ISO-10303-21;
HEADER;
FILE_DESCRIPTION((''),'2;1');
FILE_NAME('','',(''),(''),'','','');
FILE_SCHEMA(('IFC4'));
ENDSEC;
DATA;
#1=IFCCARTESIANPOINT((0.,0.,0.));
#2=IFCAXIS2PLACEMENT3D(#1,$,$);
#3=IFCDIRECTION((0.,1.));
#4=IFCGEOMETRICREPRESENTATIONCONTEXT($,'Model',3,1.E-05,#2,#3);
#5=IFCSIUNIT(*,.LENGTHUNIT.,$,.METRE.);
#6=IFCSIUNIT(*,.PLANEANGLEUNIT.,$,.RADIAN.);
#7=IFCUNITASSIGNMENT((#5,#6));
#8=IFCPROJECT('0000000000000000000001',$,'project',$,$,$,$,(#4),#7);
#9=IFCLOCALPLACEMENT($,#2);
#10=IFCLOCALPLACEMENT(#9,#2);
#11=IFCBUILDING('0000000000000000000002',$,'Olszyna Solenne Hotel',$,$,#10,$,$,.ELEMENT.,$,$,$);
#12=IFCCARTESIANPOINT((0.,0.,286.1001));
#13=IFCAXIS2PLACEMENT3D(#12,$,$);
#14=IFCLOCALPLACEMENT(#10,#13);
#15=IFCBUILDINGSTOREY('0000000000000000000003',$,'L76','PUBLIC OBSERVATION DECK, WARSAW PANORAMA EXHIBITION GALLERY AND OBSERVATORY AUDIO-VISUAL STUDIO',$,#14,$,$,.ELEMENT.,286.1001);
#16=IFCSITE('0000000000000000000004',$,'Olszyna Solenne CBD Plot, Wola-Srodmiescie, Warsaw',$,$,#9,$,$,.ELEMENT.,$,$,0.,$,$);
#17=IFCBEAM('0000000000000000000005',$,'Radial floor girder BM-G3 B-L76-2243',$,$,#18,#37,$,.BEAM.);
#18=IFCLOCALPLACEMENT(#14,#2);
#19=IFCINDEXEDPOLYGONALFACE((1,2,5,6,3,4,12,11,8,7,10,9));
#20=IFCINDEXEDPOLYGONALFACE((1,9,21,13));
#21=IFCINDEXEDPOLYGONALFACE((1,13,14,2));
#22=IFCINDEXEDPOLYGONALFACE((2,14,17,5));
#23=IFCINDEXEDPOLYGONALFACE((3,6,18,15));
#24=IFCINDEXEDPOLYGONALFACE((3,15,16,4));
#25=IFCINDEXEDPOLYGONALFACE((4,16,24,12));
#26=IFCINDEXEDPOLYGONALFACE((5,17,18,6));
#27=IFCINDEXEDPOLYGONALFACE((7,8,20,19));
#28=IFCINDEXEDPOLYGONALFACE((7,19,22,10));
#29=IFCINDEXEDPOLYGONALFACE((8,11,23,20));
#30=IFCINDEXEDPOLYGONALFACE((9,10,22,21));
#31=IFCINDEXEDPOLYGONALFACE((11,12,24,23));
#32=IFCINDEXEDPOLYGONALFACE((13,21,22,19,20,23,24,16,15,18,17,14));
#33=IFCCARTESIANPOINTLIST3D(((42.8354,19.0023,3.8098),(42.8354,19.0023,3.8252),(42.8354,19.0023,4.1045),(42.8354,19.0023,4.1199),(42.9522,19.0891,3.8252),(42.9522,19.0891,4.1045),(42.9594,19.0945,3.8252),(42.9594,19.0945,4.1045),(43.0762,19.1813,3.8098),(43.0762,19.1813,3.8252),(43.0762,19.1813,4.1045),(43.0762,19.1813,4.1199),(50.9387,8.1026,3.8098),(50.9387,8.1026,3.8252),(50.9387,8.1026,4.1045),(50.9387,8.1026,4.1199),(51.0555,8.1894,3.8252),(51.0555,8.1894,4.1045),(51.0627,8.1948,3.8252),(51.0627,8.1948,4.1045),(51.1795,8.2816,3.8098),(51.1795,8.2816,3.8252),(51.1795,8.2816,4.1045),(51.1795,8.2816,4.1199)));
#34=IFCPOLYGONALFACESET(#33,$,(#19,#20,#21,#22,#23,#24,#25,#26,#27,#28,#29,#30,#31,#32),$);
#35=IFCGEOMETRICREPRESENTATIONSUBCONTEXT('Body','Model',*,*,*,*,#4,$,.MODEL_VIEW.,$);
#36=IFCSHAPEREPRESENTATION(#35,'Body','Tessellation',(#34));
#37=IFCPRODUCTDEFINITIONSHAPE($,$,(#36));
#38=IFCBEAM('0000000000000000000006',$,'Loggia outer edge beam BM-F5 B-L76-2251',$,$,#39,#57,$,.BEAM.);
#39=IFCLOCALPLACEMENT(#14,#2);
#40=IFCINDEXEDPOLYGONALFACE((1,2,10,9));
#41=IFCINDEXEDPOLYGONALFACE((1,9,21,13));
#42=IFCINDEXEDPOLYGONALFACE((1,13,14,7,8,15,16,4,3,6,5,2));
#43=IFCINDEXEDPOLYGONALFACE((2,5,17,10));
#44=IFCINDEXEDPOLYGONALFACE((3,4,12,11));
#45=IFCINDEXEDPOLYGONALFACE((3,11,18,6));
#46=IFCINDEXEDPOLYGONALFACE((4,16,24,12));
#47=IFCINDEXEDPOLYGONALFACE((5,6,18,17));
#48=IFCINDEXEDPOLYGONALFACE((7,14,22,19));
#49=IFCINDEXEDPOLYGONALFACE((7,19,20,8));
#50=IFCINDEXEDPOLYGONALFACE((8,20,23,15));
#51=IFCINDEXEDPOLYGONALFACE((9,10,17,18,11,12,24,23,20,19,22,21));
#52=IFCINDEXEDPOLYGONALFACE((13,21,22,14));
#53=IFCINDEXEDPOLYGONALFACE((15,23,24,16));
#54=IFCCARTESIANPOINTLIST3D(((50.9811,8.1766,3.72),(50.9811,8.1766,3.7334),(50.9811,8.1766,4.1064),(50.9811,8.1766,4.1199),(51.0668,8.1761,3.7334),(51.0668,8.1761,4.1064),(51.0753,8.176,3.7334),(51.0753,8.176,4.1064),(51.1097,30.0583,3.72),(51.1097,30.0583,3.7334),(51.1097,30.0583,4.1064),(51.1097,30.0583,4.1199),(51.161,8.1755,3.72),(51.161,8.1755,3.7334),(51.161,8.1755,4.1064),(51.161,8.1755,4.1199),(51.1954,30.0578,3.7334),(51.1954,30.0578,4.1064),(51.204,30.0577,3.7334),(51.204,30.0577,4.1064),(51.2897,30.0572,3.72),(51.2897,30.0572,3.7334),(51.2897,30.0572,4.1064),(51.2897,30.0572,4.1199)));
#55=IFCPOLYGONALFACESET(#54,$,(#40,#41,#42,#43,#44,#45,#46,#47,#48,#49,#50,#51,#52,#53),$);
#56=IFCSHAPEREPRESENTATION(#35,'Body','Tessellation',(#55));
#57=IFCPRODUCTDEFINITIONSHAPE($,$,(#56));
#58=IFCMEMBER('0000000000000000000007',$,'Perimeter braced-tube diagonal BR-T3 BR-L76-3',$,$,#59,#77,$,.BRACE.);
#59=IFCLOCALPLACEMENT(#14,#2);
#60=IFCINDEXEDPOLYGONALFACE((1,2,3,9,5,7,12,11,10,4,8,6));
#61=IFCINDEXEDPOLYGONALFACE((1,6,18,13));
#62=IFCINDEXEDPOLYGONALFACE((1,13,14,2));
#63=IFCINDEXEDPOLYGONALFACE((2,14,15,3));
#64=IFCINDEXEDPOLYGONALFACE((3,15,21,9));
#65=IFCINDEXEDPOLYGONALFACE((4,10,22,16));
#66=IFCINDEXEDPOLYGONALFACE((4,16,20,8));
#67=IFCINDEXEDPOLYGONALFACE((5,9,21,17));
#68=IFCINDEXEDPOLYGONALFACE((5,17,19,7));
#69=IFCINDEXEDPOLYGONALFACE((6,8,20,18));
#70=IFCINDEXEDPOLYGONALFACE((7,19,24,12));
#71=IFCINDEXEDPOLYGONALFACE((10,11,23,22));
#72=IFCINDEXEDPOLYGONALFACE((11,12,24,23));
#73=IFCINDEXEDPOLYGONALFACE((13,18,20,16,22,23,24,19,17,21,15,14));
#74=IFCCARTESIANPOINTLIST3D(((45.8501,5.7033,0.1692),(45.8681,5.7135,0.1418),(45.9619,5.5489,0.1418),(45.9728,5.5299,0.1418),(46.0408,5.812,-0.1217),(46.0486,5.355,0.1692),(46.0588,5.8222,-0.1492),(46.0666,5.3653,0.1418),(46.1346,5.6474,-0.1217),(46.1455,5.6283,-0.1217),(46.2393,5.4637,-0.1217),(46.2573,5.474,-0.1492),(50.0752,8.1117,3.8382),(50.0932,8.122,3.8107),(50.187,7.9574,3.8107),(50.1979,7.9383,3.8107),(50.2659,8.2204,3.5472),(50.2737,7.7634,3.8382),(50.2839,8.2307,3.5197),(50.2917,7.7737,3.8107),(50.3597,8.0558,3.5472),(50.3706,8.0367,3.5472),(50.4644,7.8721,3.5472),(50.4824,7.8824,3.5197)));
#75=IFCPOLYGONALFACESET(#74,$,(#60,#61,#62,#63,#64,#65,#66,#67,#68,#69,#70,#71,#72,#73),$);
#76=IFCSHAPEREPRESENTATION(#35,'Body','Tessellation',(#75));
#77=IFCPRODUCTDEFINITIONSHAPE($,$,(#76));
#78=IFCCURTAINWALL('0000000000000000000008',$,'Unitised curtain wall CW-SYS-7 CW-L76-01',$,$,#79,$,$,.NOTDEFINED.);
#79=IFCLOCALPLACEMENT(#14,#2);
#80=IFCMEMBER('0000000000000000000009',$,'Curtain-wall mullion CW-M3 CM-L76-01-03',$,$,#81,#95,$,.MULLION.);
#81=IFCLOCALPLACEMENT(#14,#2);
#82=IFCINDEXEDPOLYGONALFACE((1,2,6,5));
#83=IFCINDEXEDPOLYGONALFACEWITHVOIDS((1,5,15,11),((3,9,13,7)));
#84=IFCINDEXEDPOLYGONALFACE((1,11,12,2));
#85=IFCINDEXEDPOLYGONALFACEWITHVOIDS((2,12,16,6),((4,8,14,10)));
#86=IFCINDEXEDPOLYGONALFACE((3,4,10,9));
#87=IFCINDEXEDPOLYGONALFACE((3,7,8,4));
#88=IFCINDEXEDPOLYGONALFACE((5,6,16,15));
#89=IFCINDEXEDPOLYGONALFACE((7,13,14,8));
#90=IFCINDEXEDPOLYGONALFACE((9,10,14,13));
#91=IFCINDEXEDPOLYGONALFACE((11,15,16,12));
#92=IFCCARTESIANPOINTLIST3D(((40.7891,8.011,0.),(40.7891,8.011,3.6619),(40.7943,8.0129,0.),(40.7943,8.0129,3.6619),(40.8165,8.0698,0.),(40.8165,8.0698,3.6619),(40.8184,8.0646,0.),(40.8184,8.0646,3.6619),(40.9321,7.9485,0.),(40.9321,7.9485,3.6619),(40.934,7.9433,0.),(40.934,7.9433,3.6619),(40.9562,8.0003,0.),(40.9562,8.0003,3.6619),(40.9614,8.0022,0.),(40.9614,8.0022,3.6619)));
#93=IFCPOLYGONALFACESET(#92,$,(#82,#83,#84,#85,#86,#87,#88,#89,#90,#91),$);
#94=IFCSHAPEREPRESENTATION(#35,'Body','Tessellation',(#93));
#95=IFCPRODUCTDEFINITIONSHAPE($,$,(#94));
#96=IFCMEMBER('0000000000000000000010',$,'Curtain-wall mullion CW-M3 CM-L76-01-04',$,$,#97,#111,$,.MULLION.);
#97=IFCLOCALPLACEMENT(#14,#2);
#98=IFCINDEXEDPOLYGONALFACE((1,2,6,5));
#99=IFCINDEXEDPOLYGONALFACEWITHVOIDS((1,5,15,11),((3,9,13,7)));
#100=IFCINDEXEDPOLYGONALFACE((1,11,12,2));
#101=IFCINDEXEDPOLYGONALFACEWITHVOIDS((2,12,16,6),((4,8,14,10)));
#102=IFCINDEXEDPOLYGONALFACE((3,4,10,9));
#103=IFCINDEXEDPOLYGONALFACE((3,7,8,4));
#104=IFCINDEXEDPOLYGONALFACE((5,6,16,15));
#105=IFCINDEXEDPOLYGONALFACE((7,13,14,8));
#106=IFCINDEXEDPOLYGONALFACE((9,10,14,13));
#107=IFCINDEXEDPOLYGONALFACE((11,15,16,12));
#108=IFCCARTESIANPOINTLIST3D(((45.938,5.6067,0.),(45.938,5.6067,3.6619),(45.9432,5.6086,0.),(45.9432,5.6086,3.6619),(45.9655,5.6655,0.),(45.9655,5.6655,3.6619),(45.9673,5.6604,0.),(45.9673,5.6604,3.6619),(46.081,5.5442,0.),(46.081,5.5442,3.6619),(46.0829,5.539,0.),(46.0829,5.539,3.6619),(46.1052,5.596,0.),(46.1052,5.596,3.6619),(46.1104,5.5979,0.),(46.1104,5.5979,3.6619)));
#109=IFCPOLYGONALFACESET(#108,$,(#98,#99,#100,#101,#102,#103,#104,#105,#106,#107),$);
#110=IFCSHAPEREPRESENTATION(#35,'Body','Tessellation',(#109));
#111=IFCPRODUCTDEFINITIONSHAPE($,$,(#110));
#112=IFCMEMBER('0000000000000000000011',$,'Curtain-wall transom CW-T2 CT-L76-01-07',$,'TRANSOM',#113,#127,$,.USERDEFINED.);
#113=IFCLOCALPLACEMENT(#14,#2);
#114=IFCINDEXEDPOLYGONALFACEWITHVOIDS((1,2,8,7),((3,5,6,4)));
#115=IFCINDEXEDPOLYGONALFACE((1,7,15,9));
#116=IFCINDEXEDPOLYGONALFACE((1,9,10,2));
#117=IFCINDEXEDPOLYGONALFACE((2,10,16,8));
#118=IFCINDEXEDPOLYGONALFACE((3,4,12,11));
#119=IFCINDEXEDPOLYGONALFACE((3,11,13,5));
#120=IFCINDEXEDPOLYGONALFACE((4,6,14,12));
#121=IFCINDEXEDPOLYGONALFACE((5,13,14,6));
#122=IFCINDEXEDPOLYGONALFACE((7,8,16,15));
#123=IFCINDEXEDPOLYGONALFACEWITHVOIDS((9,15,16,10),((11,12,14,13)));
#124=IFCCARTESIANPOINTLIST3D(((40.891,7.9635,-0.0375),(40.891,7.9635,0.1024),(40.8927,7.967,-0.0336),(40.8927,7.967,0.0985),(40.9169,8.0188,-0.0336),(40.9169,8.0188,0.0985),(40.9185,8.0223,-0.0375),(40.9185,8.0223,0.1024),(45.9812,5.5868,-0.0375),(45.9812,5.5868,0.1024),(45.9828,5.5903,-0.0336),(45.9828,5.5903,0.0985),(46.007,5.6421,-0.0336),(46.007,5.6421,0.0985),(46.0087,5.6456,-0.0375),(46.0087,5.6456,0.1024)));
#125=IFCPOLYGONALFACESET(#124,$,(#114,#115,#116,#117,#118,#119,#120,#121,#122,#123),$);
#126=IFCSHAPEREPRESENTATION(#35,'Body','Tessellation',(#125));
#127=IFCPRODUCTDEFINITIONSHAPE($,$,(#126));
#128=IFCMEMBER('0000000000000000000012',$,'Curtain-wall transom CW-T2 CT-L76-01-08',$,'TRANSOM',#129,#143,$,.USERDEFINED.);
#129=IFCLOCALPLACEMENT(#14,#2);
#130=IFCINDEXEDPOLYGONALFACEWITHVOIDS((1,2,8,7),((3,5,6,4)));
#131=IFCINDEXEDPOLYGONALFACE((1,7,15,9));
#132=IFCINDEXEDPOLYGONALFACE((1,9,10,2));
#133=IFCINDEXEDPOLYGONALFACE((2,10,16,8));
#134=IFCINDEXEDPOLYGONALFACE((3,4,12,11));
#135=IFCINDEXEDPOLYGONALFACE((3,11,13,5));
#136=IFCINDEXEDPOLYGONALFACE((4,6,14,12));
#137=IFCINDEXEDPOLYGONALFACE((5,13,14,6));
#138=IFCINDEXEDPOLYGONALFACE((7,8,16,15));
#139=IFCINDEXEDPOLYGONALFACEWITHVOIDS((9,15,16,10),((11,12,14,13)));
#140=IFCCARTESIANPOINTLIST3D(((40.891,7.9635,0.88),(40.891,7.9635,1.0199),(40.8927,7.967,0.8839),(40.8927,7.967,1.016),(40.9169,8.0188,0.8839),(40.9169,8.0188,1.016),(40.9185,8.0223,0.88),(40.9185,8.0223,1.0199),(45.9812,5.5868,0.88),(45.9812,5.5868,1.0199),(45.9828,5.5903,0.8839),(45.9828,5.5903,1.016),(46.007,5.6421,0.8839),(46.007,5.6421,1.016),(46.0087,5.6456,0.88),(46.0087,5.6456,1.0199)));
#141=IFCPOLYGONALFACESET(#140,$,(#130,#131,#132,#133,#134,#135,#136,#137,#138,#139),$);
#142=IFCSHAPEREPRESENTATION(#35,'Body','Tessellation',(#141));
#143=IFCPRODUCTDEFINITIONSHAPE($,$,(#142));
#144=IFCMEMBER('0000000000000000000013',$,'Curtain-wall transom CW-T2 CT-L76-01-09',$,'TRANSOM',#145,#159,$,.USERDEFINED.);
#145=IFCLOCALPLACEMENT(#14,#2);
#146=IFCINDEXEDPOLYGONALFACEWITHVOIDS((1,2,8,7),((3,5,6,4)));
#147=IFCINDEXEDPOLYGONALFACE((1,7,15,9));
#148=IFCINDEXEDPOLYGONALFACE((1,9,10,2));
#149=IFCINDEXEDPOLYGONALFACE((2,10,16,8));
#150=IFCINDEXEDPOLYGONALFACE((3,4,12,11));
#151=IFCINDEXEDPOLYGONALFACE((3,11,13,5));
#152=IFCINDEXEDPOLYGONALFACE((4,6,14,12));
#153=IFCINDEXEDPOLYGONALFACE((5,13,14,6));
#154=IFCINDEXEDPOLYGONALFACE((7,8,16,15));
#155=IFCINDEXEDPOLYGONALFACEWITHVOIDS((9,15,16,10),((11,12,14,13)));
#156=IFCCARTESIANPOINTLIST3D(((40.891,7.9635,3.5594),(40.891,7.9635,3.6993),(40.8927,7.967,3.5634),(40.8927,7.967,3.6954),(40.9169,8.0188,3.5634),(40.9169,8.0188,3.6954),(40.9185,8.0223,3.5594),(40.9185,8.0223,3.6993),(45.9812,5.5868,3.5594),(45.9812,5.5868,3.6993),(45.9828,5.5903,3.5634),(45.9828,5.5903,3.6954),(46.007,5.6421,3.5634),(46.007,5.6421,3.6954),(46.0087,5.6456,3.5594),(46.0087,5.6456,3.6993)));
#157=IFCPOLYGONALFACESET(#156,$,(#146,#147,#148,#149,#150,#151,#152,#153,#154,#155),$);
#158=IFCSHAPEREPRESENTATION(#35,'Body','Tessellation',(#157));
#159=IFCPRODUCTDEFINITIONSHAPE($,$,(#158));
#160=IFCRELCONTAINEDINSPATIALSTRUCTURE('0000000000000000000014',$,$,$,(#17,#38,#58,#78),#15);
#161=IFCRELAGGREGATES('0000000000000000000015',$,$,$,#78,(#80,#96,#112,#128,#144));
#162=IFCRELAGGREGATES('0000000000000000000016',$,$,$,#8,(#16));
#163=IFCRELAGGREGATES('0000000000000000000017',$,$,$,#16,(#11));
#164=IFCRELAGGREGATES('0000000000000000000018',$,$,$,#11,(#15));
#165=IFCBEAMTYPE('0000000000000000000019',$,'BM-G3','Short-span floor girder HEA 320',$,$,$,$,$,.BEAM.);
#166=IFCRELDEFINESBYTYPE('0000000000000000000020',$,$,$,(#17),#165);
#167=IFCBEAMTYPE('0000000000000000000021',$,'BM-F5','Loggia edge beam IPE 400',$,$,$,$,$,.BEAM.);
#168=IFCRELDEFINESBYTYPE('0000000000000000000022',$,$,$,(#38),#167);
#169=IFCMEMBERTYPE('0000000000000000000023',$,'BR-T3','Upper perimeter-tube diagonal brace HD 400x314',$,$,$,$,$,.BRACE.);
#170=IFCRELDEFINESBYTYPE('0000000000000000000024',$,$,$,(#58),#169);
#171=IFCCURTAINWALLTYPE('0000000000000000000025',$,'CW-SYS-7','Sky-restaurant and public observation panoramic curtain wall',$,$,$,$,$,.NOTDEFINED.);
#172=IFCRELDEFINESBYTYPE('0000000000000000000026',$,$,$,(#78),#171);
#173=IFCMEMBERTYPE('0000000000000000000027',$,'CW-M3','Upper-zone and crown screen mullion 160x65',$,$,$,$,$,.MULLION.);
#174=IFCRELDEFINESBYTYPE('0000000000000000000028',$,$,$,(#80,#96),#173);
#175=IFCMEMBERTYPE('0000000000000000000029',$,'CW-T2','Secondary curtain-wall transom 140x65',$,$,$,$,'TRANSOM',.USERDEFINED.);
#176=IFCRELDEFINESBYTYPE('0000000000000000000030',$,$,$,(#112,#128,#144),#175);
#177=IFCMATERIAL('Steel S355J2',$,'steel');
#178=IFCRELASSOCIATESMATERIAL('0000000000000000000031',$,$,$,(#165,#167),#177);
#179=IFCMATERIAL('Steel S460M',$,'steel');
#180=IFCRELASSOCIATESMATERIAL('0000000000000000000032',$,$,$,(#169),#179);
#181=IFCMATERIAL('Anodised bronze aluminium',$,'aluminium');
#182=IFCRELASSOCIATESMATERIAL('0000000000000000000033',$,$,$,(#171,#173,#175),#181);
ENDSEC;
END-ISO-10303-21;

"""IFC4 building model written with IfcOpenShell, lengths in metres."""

from ifc_helpers import new_model, si_unit, direction, frame, origin, origin_2d, place, context, subcontext, project, spatial, hollow_rectangle, i_section, extrude, source, transform, mapped, material, material_profile, profile_set, type_object, element, aggregate, save


model = new_model("IFC4")

# Units and contexts
model_context = context("Model", 3, precision=1e-05, world=origin(), true_north=direction((0.0, 1.0)))
body_context = subcontext(model_context, "Body", "Model", "MODEL_VIEW")
ifc_project = project(units=[si_unit("LENGTHUNIT", "METRE"), si_unit("PLANEANGLEUNIT", "RADIAN")], contexts=[model_context])

# Site, building, storey
site_placement = place(None, origin())
site = spatial("IfcSite", under=ifc_project, at=site_placement, Name="Olszyna Solenne CBD Plot, Wola-Srodmiescie, Warsaw", CompositionType="ELEMENT", RefElevation=0.0)
building_placement = place(site_placement, origin())
building = spatial("IfcBuilding", under=site, at=building_placement, Name="Olszyna Solenne Hotel", CompositionType="ELEMENT")
storey_placement = place(building_placement, frame((0.0, 0.0, 286.1001)))
storey = spatial("IfcBuildingStorey", under=building, at=storey_placement, Name="L76", Description="PUBLIC OBSERVATION DECK, WARSAW PANORAMA EXHIBITION GALLERY AND OBSERVATORY AUDIO-VISUAL STUDIO", CompositionType="ELEMENT", Elevation=286.1001)

# Shared definitions
ifc_material_1 = material(Name="Steel S355J2", Category="steel")
ifc_material_2 = material(Name="Steel S460M", Category="steel")

# Beams
ifc_material_profile_1 = material_profile(ifc_material_1, i_section(OverallWidth=0.3, OverallDepth=0.3101, WebThickness=0.009, FlangeThickness=0.0154, at=origin_2d()), Name="HEA 320", Category="load-bearing")
ifc_profile_set_1 = profile_set([ifc_material_profile_1], Name="Steel S355J2")
beam_type_1 = type_object("IfcBeamType", Name="BM-G3", Description="Short-span floor girder HEA 320", PredefinedType="BEAM", material=ifc_profile_set_1)
shared_shape_1 = source(origin(), body_context, "Body", "SweptSolid", [
    extrude(i_section(OverallWidth=0.3, OverallDepth=0.3101, WebThickness=0.009, FlangeThickness=0.0154, at=origin_2d()), origin(), (0.0, 0.0, 1.0), 13.5818),
])
beam_1_placement = place(storey_placement, frame((51.0591, 8.1921, 3.9648), z_axis=(-0.596627, 0.802519, 0.0), x_axis=(-0.802519, -0.596627, 0.0)))
element("IfcBeam", 1, at=beam_1_placement, inside=storey, type_object=beam_type_1, Name="Radial floor girder BM-G3 B-L76-2243", PredefinedType="BEAM", context=body_context, shape_type="MappedRepresentation", body=[
    mapped(shared_shape_1, transform((0.0, 0.0, 0.0), x_axis=(1.0, 0.0, 0.0), y_axis=(0.0, 1.0, 0.0), z_axis=(0.0, 0.0, 1.0), scale=1.0)),
])
ifc_material_profile_2 = material_profile(ifc_material_1, i_section(OverallWidth=0.1799, OverallDepth=0.3999, WebThickness=0.0085, FlangeThickness=0.0134, at=origin_2d()), Name="IPE 400", Category="load-bearing")
ifc_profile_set_2 = profile_set([ifc_material_profile_2], Name="Steel S355J2")
beam_type_2 = type_object("IfcBeamType", Name="BM-F5", Description="Loggia edge beam IPE 400", PredefinedType="BEAM", material=ifc_profile_set_2)
shared_shape_2 = source(origin(), body_context, "Body", "SweptSolid", [
    extrude(i_section(OverallWidth=0.1799, OverallDepth=0.3999, WebThickness=0.0085, FlangeThickness=0.0134, at=origin_2d()), origin(), (0.0, 0.0, 1.0), 21.8821),
])
beam_2_placement = place(storey_placement, frame((51.071, 8.176, 3.9199), z_axis=(0.00588, 0.999983, 0.0), x_axis=(-0.999983, 0.00588, 0.0)))
element("IfcBeam", 2, at=beam_2_placement, inside=storey, type_object=beam_type_2, Name="Loggia outer edge beam BM-F5 B-L76-2251", PredefinedType="BEAM", context=body_context, shape_type="MappedRepresentation", body=[
    mapped(shared_shape_2, transform((0.0, 0.0, 0.0), x_axis=(1.0, 0.0, 0.0), y_axis=(0.0, 1.0, 0.0), z_axis=(0.0, 0.0, 1.0), scale=1.0)),
])

# Member
ifc_material_profile_3 = material_profile(ifc_material_2, i_section(OverallWidth=0.4009, OverallDepth=0.3989, WebThickness=0.022, FlangeThickness=0.0344, at=origin_2d()), Name="HD 400x314", Category="load-bearing")
ifc_profile_set_3 = profile_set([ifc_material_profile_3], Name="Steel S460M")
member_type_1 = type_object("IfcMemberType", Name="BR-T3", Description="Upper perimeter-tube diagonal brace HD 400x314", PredefinedType="BRACE", material=ifc_profile_set_3)
shared_shape_3 = source(origin(), body_context, "Body", "SweptSolid", [
    extrude(i_section(OverallWidth=0.4009, OverallDepth=0.3989, WebThickness=0.022, FlangeThickness=0.0344, at=origin_2d()), origin(), (0.0, 0.0, 1.0), 6.092),
])
member_1_placement = place(storey_placement, frame((46.0537, 5.5886, 0.01), z_axis=(0.693541, 0.395342, 0.60225), x_axis=(-0.495225, 0.868765, 0.0)))
element("IfcMember", 3, at=member_1_placement, inside=storey, type_object=member_type_1, Name="Perimeter braced-tube diagonal BR-T3 BR-L76-3", PredefinedType="BRACE", context=body_context, shape_type="MappedRepresentation", body=[
    mapped(shared_shape_3, transform((0.0, 0.0, 0.0), x_axis=(1.0, 0.0, 0.0), y_axis=(0.0, 1.0, 0.0), z_axis=(0.0, 0.0, 1.0), scale=1.0)),
])

# Curtain wall, members
ifc_material_3 = material(Name="Anodised bronze aluminium", Category="aluminium")
curtain_wall_type = type_object("IfcCurtainWallType", Name="CW-SYS-7", Description="Sky-restaurant and public observation panoramic curtain wall", PredefinedType="NOTDEFINED", material=ifc_material_3)
curtain_wall_placement = place(storey_placement, origin())
curtain_wall = element("IfcCurtainWall", 4, at=curtain_wall_placement, inside=storey, type_object=curtain_wall_type, Name="Unitised curtain wall CW-SYS-7 CW-L76-01", PredefinedType="NOTDEFINED")
ifc_material_profile_4 = material_profile(ifc_material_3, hollow_rectangle(XDim=0.0649, YDim=0.1599, WallThickness=0.0039, at=origin_2d()), Name="MULL 160x65x4", Category="load-bearing")
ifc_profile_set_4 = profile_set([ifc_material_profile_4], Name="Anodised bronze aluminium")
member_type_2 = type_object("IfcMemberType", Name="CW-M3", Description="Upper-zone and crown screen mullion 160x65", PredefinedType="MULLION", material=ifc_profile_set_4)
shared_shape_4 = source(origin(), body_context, "Body", "SweptSolid", [
    extrude(hollow_rectangle(XDim=0.0649, YDim=0.1599, WallThickness=0.0039, at=origin_2d()), origin(), (0.0, 0.0, 1.0), 3.6619),
])
member_2_placement = place(storey_placement, frame((40.8752, 8.0066, 0.0), z_axis=(0.0, 0.0, 1.0), x_axis=(0.423084, 0.90609, 0.0)))
member_2 = element("IfcMember", 5, at=member_2_placement, type_object=member_type_2, Name="Curtain-wall mullion CW-M3 CM-L76-01-03", PredefinedType="MULLION", context=body_context, shape_type="MappedRepresentation", body=[
    mapped(shared_shape_4, transform((0.0, 0.0, 0.0), x_axis=(1.0, 0.0, 0.0), y_axis=(0.0, 1.0, 0.0), z_axis=(0.0, 0.0, 1.0), scale=1.0)),
])
member_3_placement = place(storey_placement, frame((46.0242, 5.6023, 0.0), z_axis=(0.0, 0.0, 1.0), x_axis=(0.423084, 0.90609, 0.0)))
member_3 = element("IfcMember", 6, at=member_3_placement, type_object=member_type_2, Name="Curtain-wall mullion CW-M3 CM-L76-01-04", PredefinedType="MULLION", context=body_context, shape_type="MappedRepresentation", body=[
    mapped(shared_shape_4, transform((0.0, 0.0, 0.0), x_axis=(1.0, 0.0, 0.0), y_axis=(0.0, 1.0, 0.0), z_axis=(0.0, 0.0, 1.0), scale=1.0)),
])
ifc_material_profile_5 = material_profile(ifc_material_3, hollow_rectangle(XDim=0.0649, YDim=0.1399, WallThickness=0.0039, at=origin_2d()), Name="TRAN 140x65x4", Category="load-bearing")
ifc_profile_set_5 = profile_set([ifc_material_profile_5], Name="Anodised bronze aluminium")
member_type_3 = type_object("IfcMemberType", Name="CW-T2", Description="Secondary curtain-wall transom 140x65", ElementType="TRANSOM", PredefinedType="USERDEFINED", material=ifc_profile_set_5)
shared_shape_5 = source(origin(), body_context, "Body", "SweptSolid", [
    extrude(hollow_rectangle(XDim=0.0649, YDim=0.1399, WallThickness=0.0039, at=origin_2d()), origin(), (0.0, 0.0, 1.0), 5.6177),
])
member_4_placement = place(storey_placement, frame((40.9048, 7.9929, 0.0325), z_axis=(0.906092, -0.423081, 0.0), x_axis=(0.423081, 0.906092, 0.0)))
member_4 = element("IfcMember", 7, at=member_4_placement, type_object=member_type_3, Name="Curtain-wall transom CW-T2 CT-L76-01-07", ObjectType="TRANSOM", PredefinedType="USERDEFINED", context=body_context, shape_type="MappedRepresentation", body=[
    mapped(shared_shape_5, transform((0.0, 0.0, 0.0), x_axis=(1.0, 0.0, 0.0), y_axis=(0.0, 1.0, 0.0), z_axis=(0.0, 0.0, 1.0), scale=1.0)),
])
member_5_placement = place(storey_placement, frame((40.9048, 7.9929, 0.95), z_axis=(0.906092, -0.423081, 0.0), x_axis=(0.423081, 0.906092, 0.0)))
member_5 = element("IfcMember", 8, at=member_5_placement, type_object=member_type_3, Name="Curtain-wall transom CW-T2 CT-L76-01-08", ObjectType="TRANSOM", PredefinedType="USERDEFINED", context=body_context, shape_type="MappedRepresentation", body=[
    mapped(shared_shape_5, transform((0.0, 0.0, 0.0), x_axis=(1.0, 0.0, 0.0), y_axis=(0.0, 1.0, 0.0), z_axis=(0.0, 0.0, 1.0), scale=1.0)),
])
member_6_placement = place(storey_placement, frame((40.9048, 7.9929, 3.6294), z_axis=(0.906092, -0.423081, 0.0), x_axis=(0.423081, 0.906092, 0.0)))
member_6 = element("IfcMember", 9, at=member_6_placement, type_object=member_type_3, Name="Curtain-wall transom CW-T2 CT-L76-01-09", ObjectType="TRANSOM", PredefinedType="USERDEFINED", context=body_context, shape_type="MappedRepresentation", body=[
    mapped(shared_shape_5, transform((0.0, 0.0, 0.0), x_axis=(1.0, 0.0, 0.0), y_axis=(0.0, 1.0, 0.0), z_axis=(0.0, 0.0, 1.0), scale=1.0)),
])

aggregate(curtain_wall, [member_2, member_3, member_4, member_5, member_6])

save(model, "model.ifc")
